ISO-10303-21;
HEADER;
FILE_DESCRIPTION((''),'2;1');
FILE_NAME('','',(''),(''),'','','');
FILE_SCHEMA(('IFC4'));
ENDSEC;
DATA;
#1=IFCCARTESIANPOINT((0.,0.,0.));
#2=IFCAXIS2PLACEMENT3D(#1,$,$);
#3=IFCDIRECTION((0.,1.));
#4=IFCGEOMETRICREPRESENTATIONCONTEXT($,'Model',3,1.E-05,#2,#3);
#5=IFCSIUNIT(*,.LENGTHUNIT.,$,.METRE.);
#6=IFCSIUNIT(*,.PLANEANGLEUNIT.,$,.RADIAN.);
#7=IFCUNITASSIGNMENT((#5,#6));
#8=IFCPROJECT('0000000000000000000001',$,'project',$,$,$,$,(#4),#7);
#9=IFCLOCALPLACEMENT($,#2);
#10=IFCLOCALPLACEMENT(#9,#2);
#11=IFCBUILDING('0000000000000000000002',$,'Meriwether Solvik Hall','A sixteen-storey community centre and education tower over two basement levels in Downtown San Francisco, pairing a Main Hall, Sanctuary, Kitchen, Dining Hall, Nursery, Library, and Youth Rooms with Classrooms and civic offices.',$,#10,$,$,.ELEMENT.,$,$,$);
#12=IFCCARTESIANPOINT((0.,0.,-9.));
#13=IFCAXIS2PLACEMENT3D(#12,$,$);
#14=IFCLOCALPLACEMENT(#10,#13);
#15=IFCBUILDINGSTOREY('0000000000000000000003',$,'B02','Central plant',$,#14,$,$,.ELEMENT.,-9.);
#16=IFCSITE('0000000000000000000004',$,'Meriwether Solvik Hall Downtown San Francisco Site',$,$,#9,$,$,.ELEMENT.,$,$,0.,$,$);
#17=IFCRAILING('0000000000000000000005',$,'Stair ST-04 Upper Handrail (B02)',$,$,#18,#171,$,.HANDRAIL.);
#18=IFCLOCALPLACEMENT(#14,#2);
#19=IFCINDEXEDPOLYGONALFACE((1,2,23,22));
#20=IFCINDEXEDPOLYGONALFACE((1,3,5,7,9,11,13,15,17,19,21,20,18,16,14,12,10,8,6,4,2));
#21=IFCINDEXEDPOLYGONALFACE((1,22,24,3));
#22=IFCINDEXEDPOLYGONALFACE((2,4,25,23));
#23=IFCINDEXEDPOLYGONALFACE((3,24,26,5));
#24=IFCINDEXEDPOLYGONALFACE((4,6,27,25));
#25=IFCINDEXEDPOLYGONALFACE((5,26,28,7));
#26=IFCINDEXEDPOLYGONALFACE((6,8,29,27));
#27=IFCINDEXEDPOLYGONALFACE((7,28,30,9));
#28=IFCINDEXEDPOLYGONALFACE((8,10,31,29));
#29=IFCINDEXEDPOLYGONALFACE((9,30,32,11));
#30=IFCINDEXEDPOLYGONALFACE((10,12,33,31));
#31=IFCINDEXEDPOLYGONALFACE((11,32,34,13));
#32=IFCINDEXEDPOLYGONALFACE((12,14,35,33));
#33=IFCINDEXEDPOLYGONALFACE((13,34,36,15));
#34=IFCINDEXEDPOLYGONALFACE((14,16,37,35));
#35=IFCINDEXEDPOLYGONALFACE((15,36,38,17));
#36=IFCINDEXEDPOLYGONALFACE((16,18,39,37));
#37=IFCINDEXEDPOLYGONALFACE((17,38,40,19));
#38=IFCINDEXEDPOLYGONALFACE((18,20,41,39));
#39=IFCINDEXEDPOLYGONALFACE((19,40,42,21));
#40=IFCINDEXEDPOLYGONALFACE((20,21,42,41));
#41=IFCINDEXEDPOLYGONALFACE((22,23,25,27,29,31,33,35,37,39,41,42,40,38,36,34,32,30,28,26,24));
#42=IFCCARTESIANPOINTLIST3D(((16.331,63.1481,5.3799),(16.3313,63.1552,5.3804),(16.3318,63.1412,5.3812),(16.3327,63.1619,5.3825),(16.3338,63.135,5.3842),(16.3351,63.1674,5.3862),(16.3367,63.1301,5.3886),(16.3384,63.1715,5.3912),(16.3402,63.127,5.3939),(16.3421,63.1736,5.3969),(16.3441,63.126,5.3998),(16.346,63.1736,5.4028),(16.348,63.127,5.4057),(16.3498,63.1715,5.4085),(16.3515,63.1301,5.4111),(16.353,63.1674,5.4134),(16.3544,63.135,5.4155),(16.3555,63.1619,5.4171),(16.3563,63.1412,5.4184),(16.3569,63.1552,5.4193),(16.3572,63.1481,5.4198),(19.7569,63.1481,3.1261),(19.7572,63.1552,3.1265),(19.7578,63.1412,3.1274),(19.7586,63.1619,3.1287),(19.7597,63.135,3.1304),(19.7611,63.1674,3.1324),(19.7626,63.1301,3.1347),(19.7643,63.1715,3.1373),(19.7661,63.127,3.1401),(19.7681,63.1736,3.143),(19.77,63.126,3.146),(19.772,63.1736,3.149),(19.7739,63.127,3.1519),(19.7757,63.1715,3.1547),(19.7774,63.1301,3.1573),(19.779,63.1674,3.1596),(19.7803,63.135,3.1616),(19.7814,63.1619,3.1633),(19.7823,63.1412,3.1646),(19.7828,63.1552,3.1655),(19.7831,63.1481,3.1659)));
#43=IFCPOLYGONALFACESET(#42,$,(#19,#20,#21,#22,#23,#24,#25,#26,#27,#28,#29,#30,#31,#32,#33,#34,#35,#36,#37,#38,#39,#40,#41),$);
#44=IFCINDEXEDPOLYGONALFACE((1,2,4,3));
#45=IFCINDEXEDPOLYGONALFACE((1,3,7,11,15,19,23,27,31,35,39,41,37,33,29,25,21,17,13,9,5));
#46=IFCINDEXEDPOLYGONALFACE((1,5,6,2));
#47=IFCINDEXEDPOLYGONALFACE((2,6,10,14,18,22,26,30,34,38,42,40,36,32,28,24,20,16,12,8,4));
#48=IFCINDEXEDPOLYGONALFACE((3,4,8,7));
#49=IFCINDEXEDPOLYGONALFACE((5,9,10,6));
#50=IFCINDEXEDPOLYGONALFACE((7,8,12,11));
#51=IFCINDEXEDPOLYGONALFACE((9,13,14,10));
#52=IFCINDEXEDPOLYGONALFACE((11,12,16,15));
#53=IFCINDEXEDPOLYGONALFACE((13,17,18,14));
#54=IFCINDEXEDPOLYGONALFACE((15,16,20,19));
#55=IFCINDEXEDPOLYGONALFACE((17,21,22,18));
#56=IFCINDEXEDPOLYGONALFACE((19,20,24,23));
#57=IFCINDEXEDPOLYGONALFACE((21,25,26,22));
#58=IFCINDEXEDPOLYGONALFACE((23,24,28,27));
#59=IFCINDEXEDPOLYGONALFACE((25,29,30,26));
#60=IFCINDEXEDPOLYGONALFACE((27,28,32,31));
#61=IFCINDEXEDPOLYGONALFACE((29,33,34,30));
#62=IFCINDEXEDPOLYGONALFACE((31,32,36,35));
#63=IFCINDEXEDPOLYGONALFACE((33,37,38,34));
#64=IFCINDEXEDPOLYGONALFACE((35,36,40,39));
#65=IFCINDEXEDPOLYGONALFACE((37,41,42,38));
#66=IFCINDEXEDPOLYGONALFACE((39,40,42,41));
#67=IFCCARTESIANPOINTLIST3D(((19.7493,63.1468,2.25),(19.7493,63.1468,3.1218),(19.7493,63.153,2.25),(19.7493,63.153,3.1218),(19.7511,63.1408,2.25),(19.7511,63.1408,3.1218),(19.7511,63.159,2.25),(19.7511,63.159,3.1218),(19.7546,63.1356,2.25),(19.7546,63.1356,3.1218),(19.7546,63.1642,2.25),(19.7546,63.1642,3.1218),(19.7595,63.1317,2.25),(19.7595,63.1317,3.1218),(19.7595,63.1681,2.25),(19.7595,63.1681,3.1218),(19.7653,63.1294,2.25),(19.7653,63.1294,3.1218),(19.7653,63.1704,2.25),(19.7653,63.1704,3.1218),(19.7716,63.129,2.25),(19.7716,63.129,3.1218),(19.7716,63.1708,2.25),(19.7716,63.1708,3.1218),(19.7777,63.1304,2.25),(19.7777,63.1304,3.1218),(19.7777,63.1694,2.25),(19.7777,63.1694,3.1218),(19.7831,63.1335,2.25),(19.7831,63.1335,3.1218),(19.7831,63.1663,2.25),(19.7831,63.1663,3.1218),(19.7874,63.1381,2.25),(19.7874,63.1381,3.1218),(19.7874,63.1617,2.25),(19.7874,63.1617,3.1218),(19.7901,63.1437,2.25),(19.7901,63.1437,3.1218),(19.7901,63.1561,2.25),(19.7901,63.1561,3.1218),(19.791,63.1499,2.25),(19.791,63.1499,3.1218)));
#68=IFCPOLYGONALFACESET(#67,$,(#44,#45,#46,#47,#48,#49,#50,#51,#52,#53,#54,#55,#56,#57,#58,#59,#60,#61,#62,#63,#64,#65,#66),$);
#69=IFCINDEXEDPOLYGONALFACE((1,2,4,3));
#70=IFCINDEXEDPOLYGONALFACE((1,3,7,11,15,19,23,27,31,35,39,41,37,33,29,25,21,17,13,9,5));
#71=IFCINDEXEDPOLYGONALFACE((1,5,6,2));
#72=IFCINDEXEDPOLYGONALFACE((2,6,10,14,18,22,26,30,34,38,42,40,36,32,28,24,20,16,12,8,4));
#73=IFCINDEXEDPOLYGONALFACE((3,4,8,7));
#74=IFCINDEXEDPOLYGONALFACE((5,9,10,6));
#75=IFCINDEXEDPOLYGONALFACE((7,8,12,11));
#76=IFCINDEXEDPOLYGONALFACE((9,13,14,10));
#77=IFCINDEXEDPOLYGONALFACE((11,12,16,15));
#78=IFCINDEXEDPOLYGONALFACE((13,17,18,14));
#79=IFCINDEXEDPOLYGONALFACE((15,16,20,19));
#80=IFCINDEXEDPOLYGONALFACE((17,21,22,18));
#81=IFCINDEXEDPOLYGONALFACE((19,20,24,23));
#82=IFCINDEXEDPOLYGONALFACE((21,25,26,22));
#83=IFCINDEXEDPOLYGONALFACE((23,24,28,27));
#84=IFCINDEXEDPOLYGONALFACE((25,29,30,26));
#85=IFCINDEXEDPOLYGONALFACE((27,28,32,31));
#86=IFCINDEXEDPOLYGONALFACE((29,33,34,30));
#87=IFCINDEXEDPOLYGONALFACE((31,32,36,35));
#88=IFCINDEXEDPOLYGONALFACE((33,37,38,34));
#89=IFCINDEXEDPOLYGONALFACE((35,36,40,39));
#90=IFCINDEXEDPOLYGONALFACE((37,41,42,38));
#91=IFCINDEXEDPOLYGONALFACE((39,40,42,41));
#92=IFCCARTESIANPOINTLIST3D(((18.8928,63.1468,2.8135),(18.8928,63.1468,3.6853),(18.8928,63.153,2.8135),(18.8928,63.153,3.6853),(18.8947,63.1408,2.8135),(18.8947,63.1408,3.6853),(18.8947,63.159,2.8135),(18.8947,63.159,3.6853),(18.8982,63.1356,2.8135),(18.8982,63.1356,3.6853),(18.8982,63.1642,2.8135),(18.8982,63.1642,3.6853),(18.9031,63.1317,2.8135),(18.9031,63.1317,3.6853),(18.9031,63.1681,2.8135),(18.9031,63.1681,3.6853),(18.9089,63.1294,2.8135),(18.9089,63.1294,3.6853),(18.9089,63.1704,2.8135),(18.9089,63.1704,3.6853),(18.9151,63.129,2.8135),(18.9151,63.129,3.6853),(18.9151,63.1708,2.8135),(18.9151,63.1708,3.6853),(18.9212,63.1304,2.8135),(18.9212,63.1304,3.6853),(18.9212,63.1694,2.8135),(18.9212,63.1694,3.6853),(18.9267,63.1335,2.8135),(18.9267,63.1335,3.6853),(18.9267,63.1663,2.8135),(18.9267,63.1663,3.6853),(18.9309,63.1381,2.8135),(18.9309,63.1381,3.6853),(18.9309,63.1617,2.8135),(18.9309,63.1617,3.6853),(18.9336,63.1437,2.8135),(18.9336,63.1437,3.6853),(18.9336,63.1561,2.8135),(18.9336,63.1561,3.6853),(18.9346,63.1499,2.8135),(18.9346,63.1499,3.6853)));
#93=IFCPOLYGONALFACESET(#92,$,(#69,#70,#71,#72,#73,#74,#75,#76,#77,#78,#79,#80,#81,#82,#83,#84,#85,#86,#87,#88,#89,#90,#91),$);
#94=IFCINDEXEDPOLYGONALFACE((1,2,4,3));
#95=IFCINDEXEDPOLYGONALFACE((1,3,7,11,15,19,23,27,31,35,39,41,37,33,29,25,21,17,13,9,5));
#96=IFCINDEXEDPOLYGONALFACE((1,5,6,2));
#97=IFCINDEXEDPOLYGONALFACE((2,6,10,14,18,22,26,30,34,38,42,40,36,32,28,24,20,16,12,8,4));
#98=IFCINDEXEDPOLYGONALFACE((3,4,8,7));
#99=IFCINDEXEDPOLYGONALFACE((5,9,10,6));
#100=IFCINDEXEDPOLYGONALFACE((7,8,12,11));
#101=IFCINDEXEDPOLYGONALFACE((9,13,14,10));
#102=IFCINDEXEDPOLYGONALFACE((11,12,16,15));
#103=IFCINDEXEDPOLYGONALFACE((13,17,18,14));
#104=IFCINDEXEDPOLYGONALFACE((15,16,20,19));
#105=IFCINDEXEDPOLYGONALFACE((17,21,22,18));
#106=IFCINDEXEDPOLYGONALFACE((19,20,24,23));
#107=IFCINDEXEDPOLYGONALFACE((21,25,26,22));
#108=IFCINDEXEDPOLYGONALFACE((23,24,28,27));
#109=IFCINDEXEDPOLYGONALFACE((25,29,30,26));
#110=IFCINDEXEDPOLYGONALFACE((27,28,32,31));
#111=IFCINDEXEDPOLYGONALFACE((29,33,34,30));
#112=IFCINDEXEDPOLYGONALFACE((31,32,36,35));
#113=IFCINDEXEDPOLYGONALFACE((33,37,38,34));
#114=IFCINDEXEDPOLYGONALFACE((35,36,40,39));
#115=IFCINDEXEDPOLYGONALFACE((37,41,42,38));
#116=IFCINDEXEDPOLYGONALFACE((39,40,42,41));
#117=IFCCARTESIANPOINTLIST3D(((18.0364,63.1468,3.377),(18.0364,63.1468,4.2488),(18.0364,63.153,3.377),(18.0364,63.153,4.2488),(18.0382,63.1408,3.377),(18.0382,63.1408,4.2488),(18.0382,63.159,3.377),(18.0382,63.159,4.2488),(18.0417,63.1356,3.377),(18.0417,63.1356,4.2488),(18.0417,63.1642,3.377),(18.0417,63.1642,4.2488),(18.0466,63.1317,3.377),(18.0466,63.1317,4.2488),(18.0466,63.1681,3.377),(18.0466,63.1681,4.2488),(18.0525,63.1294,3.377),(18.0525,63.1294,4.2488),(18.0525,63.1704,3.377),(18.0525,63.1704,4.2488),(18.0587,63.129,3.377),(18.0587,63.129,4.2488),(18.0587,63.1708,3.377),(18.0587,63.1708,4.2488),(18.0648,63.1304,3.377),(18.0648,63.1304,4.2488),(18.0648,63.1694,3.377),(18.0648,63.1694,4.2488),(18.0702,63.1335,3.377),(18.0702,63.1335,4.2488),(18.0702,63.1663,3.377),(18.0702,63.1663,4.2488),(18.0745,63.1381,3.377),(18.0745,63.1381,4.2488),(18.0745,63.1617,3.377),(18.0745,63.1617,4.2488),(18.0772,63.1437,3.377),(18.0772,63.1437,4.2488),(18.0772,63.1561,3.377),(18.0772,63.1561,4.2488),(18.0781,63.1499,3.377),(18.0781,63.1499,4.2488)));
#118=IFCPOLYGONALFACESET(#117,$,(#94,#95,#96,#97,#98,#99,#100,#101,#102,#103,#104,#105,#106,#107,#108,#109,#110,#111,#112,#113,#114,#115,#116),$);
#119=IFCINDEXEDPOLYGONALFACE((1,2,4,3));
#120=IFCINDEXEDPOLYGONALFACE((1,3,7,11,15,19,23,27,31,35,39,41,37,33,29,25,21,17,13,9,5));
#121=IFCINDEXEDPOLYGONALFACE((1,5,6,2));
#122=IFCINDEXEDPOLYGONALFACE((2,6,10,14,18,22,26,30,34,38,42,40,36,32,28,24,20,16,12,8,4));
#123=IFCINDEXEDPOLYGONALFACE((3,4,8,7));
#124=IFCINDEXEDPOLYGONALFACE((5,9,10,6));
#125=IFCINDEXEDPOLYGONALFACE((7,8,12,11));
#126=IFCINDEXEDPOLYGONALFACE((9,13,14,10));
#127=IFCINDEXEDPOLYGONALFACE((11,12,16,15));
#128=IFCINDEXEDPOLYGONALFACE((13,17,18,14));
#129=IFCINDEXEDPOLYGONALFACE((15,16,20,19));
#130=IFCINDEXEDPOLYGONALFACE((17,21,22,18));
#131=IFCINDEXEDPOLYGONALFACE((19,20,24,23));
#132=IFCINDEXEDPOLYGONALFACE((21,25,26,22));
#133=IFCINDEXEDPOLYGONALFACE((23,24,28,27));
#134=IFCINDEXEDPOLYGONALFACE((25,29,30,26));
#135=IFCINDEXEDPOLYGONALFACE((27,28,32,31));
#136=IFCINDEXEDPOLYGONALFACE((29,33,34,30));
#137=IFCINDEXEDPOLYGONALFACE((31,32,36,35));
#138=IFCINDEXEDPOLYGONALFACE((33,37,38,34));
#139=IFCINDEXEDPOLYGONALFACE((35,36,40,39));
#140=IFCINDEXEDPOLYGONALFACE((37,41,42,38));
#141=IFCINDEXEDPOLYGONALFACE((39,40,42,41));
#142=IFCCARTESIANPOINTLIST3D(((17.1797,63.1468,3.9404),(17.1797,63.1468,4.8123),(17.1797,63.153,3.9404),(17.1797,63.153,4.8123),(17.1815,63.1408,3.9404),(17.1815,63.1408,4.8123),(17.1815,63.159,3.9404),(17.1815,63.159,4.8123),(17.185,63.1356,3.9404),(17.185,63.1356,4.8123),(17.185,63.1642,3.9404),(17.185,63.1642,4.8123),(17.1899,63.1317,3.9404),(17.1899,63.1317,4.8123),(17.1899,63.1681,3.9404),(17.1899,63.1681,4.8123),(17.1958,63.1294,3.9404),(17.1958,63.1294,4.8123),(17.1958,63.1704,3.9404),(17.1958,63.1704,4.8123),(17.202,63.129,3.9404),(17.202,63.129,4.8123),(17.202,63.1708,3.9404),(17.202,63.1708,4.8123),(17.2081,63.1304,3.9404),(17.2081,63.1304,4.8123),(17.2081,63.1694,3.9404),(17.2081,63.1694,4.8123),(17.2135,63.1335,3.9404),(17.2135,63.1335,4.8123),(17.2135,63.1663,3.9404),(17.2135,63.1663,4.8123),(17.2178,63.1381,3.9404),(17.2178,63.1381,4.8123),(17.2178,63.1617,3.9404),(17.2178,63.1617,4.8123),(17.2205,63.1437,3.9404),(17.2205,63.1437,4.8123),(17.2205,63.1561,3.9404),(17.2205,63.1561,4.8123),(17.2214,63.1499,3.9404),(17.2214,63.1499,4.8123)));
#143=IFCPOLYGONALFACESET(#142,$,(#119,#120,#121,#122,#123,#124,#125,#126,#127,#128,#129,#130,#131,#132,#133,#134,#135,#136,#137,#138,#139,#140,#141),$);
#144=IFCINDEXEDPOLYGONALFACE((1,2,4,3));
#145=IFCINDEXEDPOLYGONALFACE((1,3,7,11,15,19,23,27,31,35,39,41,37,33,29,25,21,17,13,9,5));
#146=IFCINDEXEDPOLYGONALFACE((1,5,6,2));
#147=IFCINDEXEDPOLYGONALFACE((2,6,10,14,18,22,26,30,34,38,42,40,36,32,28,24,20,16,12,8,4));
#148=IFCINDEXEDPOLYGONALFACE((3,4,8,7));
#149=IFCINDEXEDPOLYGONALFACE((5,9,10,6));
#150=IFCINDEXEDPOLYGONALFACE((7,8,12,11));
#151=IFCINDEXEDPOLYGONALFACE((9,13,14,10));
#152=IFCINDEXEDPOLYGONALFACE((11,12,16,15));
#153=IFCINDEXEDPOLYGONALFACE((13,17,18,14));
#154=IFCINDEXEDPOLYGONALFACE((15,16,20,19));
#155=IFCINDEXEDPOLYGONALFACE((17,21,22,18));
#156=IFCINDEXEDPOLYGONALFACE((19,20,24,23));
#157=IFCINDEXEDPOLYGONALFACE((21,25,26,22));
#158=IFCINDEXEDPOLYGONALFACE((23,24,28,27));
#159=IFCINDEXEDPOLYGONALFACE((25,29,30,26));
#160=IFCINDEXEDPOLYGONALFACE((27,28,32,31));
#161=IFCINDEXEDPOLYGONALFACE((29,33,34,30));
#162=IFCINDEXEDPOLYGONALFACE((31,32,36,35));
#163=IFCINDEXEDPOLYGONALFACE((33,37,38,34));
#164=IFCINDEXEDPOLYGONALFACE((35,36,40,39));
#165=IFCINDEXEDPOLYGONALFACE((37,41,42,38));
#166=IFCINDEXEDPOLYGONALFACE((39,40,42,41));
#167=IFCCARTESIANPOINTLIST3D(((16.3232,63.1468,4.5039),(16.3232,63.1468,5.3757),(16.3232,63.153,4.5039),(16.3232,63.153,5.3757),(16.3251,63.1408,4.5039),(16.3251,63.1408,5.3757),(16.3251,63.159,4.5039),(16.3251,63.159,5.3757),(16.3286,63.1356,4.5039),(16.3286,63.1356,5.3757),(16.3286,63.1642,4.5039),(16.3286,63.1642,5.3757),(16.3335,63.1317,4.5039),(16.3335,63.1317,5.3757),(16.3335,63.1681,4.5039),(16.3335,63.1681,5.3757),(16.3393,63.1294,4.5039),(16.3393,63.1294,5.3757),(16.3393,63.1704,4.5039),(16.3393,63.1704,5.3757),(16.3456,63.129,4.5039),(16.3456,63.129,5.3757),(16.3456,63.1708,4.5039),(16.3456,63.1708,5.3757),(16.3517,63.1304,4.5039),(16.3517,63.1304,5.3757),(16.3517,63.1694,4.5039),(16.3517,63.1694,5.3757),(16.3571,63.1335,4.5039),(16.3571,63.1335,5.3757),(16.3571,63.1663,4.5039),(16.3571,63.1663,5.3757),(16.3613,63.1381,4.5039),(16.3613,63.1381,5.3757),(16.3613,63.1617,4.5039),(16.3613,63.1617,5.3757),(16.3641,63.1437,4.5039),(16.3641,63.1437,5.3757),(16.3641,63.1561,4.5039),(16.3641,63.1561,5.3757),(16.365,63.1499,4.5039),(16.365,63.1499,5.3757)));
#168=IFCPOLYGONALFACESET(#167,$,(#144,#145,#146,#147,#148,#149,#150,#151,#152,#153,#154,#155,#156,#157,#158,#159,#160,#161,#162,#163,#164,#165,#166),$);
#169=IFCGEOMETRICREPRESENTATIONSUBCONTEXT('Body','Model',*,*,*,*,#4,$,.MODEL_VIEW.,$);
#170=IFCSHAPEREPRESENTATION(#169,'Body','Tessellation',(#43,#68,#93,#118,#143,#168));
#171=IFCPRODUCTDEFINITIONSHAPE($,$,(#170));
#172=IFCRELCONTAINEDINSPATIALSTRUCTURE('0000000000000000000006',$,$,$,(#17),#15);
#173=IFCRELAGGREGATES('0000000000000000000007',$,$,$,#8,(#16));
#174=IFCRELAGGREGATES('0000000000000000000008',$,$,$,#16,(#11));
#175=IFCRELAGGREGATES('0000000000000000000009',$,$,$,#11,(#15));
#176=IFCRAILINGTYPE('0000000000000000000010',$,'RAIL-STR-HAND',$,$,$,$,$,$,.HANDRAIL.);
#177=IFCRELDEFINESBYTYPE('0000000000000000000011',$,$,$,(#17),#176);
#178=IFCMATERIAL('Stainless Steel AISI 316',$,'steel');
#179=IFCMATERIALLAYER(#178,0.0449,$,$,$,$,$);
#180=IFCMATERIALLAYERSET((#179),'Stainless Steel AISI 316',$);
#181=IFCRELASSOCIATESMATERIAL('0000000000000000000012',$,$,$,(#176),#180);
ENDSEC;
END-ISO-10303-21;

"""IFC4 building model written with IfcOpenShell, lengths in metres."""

from ifc_helpers import new_model, si_unit, direction, frame, origin, origin_2d, place, context, subcontext, project, spatial, circle, extrude, material, layer, layer_set, type_object, element, save


model = new_model("IFC4")

# Units and contexts
model_context = context("Model", 3, precision=1e-05, world=origin(), true_north=direction((0.0, 1.0)))
body_context = subcontext(model_context, "Body", "Model", "MODEL_VIEW")
ifc_project = project(units=[si_unit("LENGTHUNIT", "METRE"), si_unit("PLANEANGLEUNIT", "RADIAN")], contexts=[model_context])

# Site, building, storey
site_placement = place(None, origin())
site = spatial("IfcSite", under=ifc_project, at=site_placement, Name="Meriwether Solvik Hall Downtown San Francisco Site", CompositionType="ELEMENT", RefElevation=0.0)
building_placement = place(site_placement, origin())
building = spatial("IfcBuilding", under=site, at=building_placement, Name="Meriwether Solvik Hall", Description="A sixteen-storey community centre and education tower over two basement levels in Downtown San Francisco, pairing a Main Hall, Sanctuary, Kitchen, Dining Hall, Nursery, Library, and Youth Rooms with Classrooms and civic offices.", CompositionType="ELEMENT")
storey_placement = place(building_placement, frame((0.0, 0.0, -9.0)))
storey = spatial("IfcBuildingStorey", under=building, at=storey_placement, Name="B02", Description="Central plant", CompositionType="ELEMENT", Elevation=-9.0)

# Railing
ifc_material_1 = material(Name="Stainless Steel AISI 316", Category="steel")
ifc_layer_1 = layer(ifc_material_1, 0.0449)
ifc_layer_set_1 = layer_set([ifc_layer_1], Name="Stainless Steel AISI 316")
railing_type_1 = type_object("IfcRailingType", Name="RAIL-STR-HAND", PredefinedType="HANDRAIL", material=ifc_layer_set_1)
railing_1_placement = place(storey_placement, frame((19.77, 63.1499, 2.25)))
element("IfcRailing", 1, at=railing_1_placement, inside=storey, type_object=railing_type_1, Name="Stair ST-04 Upper Handrail (B02)", PredefinedType="HANDRAIL", context=body_context, shape_type="SweptSolid", body=[
    extrude(circle(Radius=0.0239, at=origin_2d()), frame((0.0, 0.0, 0.896), z_axis=(-0.835424, 0.0, 0.549607), x_axis=(0.0, -1.0, 0.0)), (0.0, 0.0, 1.0), 4.1008),
    extrude(circle(Radius=0.021, at=origin_2d()), origin(), (0.0, 0.0, 1.0), 0.8718),
    extrude(circle(Radius=0.021, at=origin_2d()), frame((-0.8564, 0.0, 0.5635)), (0.0, 0.0, 1.0), 0.8718),
    extrude(circle(Radius=0.021, at=origin_2d()), frame((-1.7129, 0.0, 1.127)), (0.0, 0.0, 1.0), 0.8718),
    extrude(circle(Radius=0.021, at=origin_2d()), frame((-2.5696, 0.0, 1.6904)), (0.0, 0.0, 1.0), 0.8718),
    extrude(circle(Radius=0.021, at=origin_2d()), frame((-3.426, 0.0, 2.2539)), (0.0, 0.0, 1.0), 0.8718),
])

save(model, "model.ifc")
